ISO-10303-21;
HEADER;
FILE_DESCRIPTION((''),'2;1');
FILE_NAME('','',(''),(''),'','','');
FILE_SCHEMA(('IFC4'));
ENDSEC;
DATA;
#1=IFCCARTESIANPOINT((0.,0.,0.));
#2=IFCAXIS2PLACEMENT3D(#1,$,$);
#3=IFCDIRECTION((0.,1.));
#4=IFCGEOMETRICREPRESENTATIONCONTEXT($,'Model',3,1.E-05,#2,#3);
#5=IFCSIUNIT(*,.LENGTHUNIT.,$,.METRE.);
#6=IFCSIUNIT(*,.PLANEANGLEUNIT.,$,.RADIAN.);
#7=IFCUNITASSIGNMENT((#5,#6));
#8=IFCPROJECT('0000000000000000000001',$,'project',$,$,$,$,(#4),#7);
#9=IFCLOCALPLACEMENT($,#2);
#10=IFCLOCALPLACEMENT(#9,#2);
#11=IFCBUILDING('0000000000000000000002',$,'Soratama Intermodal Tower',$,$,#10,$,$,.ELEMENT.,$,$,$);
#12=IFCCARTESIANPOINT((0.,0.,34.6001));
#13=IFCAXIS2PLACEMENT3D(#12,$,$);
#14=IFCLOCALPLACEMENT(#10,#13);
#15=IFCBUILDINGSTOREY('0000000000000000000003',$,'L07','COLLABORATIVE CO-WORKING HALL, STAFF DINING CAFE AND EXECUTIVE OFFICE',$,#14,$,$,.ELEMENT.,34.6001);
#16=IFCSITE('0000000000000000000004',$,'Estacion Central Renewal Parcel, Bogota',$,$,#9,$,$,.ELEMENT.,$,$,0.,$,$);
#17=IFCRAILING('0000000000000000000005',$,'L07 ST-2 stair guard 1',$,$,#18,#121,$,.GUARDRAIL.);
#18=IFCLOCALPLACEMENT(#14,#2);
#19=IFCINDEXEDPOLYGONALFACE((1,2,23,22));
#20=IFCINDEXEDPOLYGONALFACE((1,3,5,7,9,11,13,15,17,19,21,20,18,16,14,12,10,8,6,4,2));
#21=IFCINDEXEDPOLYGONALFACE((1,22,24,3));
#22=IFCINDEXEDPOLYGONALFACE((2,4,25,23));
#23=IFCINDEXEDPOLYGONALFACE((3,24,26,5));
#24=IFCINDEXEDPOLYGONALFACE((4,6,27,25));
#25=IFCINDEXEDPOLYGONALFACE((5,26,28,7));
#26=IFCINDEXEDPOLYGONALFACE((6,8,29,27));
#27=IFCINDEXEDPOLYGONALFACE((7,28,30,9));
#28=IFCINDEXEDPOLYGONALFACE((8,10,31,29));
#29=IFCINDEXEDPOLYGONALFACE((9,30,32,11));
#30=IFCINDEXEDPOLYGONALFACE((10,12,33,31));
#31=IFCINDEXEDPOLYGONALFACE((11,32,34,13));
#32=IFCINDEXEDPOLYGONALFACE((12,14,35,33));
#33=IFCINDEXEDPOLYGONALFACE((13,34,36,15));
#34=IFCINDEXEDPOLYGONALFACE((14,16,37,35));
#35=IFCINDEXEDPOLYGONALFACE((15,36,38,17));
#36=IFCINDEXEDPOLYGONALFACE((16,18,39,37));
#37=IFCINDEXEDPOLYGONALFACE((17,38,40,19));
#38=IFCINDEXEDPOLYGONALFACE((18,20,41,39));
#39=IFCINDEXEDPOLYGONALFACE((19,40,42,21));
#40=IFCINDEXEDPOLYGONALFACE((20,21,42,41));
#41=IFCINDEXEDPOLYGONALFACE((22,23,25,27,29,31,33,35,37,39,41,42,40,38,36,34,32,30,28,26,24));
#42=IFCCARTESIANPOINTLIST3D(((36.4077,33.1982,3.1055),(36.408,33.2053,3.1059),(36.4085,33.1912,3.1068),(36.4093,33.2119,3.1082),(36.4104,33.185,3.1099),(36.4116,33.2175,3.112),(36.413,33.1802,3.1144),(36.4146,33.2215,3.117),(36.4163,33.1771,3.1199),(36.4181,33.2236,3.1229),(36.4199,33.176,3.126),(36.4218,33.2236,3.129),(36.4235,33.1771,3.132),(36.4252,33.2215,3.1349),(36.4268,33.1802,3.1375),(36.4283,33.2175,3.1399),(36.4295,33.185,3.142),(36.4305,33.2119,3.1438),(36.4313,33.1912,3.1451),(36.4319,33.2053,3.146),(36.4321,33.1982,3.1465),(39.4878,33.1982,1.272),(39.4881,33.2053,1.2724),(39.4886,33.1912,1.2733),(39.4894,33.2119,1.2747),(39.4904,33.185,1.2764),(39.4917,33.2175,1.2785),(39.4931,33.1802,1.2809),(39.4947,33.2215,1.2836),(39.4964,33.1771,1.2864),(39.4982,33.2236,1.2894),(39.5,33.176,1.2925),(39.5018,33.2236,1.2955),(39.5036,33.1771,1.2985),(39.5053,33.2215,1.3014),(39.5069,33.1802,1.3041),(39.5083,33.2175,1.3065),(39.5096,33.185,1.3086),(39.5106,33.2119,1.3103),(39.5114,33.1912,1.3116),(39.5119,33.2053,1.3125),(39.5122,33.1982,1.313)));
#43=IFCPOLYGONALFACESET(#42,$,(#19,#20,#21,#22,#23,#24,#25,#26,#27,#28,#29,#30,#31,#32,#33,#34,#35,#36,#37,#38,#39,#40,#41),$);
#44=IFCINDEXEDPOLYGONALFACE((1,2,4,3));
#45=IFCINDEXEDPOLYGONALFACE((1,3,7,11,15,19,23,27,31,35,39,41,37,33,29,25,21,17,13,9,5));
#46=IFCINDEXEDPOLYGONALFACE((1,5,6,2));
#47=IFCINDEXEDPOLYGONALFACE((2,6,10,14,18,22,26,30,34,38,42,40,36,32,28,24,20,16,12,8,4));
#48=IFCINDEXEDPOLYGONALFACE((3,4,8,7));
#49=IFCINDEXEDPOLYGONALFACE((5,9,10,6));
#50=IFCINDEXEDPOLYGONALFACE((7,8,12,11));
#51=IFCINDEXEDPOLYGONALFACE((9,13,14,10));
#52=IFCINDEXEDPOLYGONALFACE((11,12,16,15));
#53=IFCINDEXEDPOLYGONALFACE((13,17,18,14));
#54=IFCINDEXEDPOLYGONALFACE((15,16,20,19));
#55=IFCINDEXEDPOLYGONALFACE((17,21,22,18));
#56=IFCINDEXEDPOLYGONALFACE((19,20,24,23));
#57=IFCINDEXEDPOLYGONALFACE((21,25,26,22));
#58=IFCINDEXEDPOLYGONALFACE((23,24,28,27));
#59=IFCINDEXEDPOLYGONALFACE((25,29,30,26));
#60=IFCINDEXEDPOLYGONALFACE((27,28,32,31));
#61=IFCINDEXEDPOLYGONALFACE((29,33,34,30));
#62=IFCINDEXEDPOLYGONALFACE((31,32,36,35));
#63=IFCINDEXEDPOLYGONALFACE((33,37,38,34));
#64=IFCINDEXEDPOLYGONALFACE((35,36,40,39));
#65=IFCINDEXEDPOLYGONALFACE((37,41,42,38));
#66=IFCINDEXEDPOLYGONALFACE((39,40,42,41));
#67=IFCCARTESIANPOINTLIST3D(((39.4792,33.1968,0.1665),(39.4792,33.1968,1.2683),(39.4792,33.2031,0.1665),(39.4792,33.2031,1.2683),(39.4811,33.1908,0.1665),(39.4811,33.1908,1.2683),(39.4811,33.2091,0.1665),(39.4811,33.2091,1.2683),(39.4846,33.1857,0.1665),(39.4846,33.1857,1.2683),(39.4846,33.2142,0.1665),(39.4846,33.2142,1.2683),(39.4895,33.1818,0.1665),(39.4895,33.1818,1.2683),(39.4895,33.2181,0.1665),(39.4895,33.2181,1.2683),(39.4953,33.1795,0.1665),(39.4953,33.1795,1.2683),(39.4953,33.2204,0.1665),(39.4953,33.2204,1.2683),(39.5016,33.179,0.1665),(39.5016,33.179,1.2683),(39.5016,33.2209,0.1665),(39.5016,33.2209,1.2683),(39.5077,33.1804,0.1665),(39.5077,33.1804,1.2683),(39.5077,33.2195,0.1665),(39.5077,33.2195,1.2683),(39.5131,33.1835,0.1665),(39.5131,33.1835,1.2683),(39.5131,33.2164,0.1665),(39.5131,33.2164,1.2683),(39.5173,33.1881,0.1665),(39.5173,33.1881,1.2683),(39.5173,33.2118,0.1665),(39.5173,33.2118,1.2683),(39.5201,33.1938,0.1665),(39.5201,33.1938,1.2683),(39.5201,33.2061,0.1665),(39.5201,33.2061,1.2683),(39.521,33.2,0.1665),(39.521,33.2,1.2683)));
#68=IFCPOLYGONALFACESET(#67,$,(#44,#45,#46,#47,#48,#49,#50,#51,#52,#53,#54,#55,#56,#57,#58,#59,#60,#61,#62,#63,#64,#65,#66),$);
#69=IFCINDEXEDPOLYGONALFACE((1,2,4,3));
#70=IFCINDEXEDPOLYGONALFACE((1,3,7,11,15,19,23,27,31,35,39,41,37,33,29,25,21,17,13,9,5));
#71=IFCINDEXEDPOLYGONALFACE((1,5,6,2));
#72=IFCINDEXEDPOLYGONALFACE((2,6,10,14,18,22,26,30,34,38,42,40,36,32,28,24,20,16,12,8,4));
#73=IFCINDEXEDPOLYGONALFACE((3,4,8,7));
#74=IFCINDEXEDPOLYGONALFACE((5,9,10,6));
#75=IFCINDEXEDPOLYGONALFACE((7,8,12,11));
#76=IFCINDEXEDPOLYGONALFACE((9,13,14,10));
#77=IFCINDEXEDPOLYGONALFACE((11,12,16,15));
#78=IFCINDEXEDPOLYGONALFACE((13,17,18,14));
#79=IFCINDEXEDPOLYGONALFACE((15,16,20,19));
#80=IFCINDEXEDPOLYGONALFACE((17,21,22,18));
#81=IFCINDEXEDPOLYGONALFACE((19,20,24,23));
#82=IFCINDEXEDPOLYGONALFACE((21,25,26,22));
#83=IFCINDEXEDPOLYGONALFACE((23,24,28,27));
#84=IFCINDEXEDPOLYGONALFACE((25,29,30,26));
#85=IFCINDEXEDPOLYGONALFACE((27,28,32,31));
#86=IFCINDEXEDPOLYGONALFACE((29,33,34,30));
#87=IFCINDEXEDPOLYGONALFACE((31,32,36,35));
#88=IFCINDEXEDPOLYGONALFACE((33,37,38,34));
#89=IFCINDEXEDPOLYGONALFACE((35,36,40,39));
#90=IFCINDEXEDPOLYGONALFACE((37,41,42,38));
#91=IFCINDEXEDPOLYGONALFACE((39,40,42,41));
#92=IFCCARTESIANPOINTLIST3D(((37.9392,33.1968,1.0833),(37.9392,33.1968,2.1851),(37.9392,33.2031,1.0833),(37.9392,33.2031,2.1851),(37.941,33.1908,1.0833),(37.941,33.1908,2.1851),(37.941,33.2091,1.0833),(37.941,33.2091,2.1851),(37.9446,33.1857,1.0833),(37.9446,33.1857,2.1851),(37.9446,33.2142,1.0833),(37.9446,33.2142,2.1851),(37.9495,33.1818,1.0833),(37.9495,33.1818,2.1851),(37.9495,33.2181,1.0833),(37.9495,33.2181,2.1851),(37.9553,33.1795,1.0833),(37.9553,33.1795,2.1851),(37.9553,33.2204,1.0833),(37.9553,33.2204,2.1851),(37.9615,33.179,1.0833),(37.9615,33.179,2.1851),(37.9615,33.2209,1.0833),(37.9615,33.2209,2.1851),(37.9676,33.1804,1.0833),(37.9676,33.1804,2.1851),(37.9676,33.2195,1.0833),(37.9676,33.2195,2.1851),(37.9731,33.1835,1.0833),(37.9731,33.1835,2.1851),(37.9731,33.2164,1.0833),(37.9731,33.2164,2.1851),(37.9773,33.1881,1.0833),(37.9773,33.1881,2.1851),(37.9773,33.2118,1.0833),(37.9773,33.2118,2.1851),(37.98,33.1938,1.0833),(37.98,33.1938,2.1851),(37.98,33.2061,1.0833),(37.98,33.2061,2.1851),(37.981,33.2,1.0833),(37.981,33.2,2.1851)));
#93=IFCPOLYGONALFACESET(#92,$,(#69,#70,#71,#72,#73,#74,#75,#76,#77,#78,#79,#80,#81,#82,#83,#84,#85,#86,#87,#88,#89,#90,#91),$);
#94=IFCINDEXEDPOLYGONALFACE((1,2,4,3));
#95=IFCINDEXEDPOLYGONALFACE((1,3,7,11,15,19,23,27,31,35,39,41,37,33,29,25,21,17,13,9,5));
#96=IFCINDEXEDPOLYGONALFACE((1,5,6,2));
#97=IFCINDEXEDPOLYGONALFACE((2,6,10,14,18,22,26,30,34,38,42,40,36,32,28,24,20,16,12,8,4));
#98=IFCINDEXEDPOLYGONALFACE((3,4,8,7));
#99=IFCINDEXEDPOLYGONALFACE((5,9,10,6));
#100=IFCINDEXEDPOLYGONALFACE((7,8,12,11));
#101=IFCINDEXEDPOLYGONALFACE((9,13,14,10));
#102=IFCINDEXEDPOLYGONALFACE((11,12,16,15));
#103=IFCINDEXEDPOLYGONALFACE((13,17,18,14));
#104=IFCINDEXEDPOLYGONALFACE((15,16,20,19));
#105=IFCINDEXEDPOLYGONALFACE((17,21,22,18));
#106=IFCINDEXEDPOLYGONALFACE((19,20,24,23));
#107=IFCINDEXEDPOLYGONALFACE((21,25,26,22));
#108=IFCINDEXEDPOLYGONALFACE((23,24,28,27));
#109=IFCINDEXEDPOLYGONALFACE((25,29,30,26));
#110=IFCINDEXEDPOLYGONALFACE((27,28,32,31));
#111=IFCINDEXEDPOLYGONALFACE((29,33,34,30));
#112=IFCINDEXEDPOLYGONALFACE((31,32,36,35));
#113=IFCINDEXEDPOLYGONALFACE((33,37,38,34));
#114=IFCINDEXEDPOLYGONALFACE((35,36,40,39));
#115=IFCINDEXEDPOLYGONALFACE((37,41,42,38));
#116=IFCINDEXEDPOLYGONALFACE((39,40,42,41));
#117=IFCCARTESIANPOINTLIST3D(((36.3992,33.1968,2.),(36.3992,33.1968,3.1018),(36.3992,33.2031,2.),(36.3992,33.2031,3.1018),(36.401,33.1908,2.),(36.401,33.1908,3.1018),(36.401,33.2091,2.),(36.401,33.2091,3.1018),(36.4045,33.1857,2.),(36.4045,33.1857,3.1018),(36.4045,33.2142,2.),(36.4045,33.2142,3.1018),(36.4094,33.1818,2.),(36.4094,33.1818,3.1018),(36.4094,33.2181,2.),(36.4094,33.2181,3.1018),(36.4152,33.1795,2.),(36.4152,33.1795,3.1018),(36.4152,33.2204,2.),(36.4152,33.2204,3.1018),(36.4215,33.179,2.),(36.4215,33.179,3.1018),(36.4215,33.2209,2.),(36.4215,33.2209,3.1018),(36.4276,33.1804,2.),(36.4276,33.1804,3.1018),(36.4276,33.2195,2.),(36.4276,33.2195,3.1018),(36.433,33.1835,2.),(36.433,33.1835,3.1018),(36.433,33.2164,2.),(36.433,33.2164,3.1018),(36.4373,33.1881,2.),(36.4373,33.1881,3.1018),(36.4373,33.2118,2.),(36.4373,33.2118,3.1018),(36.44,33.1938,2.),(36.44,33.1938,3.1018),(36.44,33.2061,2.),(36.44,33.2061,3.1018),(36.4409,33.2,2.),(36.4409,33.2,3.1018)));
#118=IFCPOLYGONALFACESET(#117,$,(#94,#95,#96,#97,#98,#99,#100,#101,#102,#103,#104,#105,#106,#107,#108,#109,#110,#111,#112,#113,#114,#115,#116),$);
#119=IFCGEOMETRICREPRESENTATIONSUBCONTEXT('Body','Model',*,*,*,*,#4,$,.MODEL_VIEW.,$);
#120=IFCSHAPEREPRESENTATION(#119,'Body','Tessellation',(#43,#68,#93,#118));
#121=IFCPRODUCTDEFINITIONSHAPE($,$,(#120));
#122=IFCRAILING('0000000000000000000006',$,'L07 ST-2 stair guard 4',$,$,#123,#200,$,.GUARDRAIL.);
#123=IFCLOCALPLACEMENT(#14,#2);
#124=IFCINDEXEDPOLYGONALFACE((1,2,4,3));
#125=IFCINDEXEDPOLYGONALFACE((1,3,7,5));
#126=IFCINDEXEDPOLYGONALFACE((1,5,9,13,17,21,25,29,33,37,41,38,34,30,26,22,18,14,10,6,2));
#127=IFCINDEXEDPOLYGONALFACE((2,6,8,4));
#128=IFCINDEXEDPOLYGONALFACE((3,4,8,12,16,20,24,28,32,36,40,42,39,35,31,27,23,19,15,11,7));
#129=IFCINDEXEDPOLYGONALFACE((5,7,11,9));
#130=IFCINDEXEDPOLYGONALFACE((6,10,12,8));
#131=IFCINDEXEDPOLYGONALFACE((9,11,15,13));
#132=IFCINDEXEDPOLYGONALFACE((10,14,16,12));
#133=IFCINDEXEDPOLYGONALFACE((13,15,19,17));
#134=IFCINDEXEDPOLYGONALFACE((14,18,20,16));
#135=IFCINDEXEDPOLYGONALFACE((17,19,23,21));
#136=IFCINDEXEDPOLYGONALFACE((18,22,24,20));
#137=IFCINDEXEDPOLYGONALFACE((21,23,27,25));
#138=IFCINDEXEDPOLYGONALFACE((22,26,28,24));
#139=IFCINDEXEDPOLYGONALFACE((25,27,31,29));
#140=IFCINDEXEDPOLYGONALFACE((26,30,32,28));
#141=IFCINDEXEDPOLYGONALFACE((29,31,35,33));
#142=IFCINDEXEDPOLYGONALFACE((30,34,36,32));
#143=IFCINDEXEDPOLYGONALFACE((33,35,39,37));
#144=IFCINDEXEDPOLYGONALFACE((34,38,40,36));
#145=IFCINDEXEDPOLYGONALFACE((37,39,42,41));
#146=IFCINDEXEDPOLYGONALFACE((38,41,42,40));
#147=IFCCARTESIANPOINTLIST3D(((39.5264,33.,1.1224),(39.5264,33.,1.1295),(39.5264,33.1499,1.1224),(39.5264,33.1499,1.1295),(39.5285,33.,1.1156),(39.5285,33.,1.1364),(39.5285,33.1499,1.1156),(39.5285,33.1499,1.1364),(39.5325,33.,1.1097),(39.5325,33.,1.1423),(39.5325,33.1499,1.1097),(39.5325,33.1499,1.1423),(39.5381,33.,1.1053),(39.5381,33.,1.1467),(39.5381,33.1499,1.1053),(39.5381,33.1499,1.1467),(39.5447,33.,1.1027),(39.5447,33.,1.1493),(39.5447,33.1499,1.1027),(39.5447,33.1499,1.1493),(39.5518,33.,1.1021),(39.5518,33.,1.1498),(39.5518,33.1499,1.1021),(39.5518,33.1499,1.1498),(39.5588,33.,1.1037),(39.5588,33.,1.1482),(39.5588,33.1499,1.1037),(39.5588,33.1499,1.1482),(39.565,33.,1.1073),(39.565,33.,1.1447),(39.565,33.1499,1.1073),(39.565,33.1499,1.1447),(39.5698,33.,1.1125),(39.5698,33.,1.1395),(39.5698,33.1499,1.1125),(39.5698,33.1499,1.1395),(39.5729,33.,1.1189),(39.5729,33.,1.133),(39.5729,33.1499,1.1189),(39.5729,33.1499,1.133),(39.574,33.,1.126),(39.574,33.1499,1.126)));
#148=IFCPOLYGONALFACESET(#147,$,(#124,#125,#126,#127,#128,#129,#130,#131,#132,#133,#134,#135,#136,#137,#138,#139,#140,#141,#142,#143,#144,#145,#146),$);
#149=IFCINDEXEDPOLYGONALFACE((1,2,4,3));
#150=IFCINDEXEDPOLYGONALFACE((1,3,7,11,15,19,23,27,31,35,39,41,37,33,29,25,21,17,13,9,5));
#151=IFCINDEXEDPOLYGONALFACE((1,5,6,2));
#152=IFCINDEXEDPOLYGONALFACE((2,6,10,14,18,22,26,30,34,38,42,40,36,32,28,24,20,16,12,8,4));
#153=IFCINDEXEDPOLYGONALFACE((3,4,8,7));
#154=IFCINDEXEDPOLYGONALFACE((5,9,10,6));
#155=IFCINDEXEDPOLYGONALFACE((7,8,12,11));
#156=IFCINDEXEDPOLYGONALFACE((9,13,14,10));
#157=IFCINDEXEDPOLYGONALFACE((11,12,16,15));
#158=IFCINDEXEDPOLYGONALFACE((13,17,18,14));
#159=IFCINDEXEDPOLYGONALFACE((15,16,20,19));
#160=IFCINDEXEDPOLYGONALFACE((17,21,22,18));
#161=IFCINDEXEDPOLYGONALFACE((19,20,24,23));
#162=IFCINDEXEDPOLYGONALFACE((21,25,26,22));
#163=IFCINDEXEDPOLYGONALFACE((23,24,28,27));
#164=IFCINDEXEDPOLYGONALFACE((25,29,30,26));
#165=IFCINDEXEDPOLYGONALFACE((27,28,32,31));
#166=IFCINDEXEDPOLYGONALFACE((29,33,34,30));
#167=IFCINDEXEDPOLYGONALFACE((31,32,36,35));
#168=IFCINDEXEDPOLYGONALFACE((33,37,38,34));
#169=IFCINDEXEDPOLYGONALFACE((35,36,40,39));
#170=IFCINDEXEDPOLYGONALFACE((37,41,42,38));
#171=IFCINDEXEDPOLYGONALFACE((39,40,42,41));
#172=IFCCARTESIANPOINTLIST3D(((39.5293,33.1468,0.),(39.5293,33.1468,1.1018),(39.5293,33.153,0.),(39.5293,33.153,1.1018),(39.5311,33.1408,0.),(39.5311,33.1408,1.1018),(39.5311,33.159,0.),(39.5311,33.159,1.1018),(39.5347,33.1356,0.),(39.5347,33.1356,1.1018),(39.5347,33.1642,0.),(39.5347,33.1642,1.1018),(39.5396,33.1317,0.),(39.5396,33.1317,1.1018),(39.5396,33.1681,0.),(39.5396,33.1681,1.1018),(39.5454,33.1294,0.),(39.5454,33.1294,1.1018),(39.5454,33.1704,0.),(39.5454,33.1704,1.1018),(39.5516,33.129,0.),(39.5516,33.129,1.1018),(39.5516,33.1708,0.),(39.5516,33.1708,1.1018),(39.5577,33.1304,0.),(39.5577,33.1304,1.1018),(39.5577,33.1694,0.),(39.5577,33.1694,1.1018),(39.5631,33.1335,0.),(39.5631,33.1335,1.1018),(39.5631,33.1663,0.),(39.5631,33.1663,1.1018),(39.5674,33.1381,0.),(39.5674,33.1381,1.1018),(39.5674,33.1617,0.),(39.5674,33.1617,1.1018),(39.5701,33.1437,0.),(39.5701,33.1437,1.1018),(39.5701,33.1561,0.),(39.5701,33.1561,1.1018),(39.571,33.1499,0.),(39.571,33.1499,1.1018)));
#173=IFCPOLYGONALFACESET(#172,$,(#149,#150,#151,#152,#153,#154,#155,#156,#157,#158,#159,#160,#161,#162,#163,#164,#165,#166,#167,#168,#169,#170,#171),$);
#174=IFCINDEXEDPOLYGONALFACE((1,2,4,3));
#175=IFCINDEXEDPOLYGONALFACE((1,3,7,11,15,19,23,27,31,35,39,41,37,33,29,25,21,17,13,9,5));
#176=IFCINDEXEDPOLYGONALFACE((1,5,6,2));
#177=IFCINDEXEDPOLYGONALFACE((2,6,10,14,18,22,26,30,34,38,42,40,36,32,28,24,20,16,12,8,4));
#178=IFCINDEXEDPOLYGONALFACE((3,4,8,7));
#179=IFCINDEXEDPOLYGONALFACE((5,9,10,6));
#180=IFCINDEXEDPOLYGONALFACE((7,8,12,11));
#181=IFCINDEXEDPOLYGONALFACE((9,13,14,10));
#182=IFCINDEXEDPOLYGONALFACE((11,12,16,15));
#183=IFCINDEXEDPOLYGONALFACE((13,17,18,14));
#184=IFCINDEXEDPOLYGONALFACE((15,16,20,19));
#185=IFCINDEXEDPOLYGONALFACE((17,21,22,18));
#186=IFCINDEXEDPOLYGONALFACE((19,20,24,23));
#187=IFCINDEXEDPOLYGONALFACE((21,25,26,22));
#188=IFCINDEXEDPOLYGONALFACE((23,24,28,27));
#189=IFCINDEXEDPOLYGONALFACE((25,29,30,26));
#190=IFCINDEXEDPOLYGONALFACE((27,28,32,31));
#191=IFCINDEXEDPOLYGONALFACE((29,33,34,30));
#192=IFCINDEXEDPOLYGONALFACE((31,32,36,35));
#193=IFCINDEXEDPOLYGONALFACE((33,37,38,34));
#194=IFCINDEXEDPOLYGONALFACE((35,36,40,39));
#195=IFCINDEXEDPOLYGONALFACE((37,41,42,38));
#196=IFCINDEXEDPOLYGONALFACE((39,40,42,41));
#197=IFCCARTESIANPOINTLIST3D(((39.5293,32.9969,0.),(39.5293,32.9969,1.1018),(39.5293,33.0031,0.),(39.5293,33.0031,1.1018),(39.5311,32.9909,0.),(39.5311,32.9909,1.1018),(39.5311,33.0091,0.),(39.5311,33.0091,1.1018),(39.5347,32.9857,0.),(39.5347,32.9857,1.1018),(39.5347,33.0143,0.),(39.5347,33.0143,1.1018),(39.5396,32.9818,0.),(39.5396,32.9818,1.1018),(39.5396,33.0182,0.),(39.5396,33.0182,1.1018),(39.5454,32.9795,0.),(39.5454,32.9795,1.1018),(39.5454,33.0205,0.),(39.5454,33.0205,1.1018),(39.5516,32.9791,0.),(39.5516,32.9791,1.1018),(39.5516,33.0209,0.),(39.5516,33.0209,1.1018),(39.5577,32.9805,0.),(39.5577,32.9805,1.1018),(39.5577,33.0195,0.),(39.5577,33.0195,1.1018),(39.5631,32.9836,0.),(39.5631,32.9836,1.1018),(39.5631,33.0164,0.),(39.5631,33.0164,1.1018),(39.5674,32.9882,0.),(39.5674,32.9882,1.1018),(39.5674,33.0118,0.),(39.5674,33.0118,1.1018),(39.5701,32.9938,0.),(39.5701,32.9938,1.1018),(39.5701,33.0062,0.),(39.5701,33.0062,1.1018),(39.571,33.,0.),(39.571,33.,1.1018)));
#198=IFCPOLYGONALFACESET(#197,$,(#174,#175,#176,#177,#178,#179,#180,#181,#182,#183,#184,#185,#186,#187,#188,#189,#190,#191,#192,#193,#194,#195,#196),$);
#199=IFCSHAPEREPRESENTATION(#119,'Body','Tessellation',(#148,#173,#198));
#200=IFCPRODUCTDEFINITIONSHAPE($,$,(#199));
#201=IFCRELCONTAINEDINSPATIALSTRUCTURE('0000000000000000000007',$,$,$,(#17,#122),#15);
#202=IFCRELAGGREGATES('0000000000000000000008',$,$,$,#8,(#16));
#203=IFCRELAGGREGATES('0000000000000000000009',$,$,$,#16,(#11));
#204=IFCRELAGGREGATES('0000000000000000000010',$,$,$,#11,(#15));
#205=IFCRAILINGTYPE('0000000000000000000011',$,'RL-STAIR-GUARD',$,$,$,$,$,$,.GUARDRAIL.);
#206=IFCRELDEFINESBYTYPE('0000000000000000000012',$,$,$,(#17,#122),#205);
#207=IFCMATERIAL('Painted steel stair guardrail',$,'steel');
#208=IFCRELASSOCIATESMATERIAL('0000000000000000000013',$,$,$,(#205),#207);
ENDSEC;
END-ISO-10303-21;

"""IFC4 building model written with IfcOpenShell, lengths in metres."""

from ifc_helpers import new_model, si_unit, direction, frame, origin, origin_2d, place, context, subcontext, project, spatial, circle, extrude, material, type_object, element, save


model = new_model("IFC4")

# Units and contexts
model_context = context("Model", 3, precision=1e-05, world=origin(), true_north=direction((0.0, 1.0)))
body_context = subcontext(model_context, "Body", "Model", "MODEL_VIEW")
ifc_project = project(units=[si_unit("LENGTHUNIT", "METRE"), si_unit("PLANEANGLEUNIT", "RADIAN")], contexts=[model_context])

# Site, building, storey
site_placement = place(None, origin())
site = spatial("IfcSite", under=ifc_project, at=site_placement, Name="Estacion Central Renewal Parcel, Bogota", CompositionType="ELEMENT", RefElevation=0.0)
building_placement = place(site_placement, origin())
building = spatial("IfcBuilding", under=site, at=building_placement, Name="Soratama Intermodal Tower", CompositionType="ELEMENT")
storey_placement = place(building_placement, frame((0.0, 0.0, 34.6001)))
storey = spatial("IfcBuildingStorey", under=building, at=storey_placement, Name="L07", Description="COLLABORATIVE CO-WORKING HALL, STAFF DINING CAFE AND EXECUTIVE OFFICE", CompositionType="ELEMENT", Elevation=34.6001)

# Railings
ifc_material_1 = material(Name="Painted steel stair guardrail", Category="steel")
railing_type_1 = type_object("IfcRailingType", Name="RL-STAIR-GUARD", PredefinedType="GUARDRAIL", material=ifc_material_1)
railing_1_placement = place(storey_placement, frame((39.5, 33.2, 0.1665)))
element("IfcRailing", 1, at=railing_1_placement, inside=storey, type_object=railing_type_1, Name="L07 ST-2 stair guard 1", PredefinedType="GUARDRAIL", context=body_context, shape_type="SweptSolid", body=[
    extrude(circle(Radius=0.0239, at=origin_2d()), frame((0.0, 0.0, 1.126), z_axis=(-0.859279, 0.0, 0.511508), x_axis=(0.0, -1.0, 0.0)), (0.0, 0.0, 1.0), 3.5845),
    extrude(circle(Radius=0.021, at=origin_2d()), origin(), (0.0, 0.0, 1.0), 1.1018),
    extrude(circle(Radius=0.021, at=origin_2d()), frame((-1.54, 0.0, 0.9167)), (0.0, 0.0, 1.0), 1.1018),
    extrude(circle(Radius=0.021, at=origin_2d()), frame((-3.0801, 0.0, 1.8335)), (0.0, 0.0, 1.0), 1.1018),
])
railing_2_placement = place(storey_placement, frame((39.55, 33.1499, 0.0)))
element("IfcRailing", 2, at=railing_2_placement, inside=storey, type_object=railing_type_1, Name="L07 ST-2 stair guard 4", PredefinedType="GUARDRAIL", context=body_context, shape_type="SweptSolid", body=[
    extrude(circle(Radius=0.0239, at=origin_2d()), frame((0.0, 0.0, 1.126), z_axis=(0.0, -1.0, 0.0), x_axis=(1.0, 0.0, 0.0)), (0.0, 0.0, 1.0), 0.1499),
    extrude(circle(Radius=0.021, at=origin_2d()), origin(), (0.0, 0.0, 1.0), 1.1018),
    extrude(circle(Radius=0.021, at=origin_2d()), frame((0.0, -0.1499, 0.0)), (0.0, 0.0, 1.0), 1.1018),
])

save(model, "model.ifc")
